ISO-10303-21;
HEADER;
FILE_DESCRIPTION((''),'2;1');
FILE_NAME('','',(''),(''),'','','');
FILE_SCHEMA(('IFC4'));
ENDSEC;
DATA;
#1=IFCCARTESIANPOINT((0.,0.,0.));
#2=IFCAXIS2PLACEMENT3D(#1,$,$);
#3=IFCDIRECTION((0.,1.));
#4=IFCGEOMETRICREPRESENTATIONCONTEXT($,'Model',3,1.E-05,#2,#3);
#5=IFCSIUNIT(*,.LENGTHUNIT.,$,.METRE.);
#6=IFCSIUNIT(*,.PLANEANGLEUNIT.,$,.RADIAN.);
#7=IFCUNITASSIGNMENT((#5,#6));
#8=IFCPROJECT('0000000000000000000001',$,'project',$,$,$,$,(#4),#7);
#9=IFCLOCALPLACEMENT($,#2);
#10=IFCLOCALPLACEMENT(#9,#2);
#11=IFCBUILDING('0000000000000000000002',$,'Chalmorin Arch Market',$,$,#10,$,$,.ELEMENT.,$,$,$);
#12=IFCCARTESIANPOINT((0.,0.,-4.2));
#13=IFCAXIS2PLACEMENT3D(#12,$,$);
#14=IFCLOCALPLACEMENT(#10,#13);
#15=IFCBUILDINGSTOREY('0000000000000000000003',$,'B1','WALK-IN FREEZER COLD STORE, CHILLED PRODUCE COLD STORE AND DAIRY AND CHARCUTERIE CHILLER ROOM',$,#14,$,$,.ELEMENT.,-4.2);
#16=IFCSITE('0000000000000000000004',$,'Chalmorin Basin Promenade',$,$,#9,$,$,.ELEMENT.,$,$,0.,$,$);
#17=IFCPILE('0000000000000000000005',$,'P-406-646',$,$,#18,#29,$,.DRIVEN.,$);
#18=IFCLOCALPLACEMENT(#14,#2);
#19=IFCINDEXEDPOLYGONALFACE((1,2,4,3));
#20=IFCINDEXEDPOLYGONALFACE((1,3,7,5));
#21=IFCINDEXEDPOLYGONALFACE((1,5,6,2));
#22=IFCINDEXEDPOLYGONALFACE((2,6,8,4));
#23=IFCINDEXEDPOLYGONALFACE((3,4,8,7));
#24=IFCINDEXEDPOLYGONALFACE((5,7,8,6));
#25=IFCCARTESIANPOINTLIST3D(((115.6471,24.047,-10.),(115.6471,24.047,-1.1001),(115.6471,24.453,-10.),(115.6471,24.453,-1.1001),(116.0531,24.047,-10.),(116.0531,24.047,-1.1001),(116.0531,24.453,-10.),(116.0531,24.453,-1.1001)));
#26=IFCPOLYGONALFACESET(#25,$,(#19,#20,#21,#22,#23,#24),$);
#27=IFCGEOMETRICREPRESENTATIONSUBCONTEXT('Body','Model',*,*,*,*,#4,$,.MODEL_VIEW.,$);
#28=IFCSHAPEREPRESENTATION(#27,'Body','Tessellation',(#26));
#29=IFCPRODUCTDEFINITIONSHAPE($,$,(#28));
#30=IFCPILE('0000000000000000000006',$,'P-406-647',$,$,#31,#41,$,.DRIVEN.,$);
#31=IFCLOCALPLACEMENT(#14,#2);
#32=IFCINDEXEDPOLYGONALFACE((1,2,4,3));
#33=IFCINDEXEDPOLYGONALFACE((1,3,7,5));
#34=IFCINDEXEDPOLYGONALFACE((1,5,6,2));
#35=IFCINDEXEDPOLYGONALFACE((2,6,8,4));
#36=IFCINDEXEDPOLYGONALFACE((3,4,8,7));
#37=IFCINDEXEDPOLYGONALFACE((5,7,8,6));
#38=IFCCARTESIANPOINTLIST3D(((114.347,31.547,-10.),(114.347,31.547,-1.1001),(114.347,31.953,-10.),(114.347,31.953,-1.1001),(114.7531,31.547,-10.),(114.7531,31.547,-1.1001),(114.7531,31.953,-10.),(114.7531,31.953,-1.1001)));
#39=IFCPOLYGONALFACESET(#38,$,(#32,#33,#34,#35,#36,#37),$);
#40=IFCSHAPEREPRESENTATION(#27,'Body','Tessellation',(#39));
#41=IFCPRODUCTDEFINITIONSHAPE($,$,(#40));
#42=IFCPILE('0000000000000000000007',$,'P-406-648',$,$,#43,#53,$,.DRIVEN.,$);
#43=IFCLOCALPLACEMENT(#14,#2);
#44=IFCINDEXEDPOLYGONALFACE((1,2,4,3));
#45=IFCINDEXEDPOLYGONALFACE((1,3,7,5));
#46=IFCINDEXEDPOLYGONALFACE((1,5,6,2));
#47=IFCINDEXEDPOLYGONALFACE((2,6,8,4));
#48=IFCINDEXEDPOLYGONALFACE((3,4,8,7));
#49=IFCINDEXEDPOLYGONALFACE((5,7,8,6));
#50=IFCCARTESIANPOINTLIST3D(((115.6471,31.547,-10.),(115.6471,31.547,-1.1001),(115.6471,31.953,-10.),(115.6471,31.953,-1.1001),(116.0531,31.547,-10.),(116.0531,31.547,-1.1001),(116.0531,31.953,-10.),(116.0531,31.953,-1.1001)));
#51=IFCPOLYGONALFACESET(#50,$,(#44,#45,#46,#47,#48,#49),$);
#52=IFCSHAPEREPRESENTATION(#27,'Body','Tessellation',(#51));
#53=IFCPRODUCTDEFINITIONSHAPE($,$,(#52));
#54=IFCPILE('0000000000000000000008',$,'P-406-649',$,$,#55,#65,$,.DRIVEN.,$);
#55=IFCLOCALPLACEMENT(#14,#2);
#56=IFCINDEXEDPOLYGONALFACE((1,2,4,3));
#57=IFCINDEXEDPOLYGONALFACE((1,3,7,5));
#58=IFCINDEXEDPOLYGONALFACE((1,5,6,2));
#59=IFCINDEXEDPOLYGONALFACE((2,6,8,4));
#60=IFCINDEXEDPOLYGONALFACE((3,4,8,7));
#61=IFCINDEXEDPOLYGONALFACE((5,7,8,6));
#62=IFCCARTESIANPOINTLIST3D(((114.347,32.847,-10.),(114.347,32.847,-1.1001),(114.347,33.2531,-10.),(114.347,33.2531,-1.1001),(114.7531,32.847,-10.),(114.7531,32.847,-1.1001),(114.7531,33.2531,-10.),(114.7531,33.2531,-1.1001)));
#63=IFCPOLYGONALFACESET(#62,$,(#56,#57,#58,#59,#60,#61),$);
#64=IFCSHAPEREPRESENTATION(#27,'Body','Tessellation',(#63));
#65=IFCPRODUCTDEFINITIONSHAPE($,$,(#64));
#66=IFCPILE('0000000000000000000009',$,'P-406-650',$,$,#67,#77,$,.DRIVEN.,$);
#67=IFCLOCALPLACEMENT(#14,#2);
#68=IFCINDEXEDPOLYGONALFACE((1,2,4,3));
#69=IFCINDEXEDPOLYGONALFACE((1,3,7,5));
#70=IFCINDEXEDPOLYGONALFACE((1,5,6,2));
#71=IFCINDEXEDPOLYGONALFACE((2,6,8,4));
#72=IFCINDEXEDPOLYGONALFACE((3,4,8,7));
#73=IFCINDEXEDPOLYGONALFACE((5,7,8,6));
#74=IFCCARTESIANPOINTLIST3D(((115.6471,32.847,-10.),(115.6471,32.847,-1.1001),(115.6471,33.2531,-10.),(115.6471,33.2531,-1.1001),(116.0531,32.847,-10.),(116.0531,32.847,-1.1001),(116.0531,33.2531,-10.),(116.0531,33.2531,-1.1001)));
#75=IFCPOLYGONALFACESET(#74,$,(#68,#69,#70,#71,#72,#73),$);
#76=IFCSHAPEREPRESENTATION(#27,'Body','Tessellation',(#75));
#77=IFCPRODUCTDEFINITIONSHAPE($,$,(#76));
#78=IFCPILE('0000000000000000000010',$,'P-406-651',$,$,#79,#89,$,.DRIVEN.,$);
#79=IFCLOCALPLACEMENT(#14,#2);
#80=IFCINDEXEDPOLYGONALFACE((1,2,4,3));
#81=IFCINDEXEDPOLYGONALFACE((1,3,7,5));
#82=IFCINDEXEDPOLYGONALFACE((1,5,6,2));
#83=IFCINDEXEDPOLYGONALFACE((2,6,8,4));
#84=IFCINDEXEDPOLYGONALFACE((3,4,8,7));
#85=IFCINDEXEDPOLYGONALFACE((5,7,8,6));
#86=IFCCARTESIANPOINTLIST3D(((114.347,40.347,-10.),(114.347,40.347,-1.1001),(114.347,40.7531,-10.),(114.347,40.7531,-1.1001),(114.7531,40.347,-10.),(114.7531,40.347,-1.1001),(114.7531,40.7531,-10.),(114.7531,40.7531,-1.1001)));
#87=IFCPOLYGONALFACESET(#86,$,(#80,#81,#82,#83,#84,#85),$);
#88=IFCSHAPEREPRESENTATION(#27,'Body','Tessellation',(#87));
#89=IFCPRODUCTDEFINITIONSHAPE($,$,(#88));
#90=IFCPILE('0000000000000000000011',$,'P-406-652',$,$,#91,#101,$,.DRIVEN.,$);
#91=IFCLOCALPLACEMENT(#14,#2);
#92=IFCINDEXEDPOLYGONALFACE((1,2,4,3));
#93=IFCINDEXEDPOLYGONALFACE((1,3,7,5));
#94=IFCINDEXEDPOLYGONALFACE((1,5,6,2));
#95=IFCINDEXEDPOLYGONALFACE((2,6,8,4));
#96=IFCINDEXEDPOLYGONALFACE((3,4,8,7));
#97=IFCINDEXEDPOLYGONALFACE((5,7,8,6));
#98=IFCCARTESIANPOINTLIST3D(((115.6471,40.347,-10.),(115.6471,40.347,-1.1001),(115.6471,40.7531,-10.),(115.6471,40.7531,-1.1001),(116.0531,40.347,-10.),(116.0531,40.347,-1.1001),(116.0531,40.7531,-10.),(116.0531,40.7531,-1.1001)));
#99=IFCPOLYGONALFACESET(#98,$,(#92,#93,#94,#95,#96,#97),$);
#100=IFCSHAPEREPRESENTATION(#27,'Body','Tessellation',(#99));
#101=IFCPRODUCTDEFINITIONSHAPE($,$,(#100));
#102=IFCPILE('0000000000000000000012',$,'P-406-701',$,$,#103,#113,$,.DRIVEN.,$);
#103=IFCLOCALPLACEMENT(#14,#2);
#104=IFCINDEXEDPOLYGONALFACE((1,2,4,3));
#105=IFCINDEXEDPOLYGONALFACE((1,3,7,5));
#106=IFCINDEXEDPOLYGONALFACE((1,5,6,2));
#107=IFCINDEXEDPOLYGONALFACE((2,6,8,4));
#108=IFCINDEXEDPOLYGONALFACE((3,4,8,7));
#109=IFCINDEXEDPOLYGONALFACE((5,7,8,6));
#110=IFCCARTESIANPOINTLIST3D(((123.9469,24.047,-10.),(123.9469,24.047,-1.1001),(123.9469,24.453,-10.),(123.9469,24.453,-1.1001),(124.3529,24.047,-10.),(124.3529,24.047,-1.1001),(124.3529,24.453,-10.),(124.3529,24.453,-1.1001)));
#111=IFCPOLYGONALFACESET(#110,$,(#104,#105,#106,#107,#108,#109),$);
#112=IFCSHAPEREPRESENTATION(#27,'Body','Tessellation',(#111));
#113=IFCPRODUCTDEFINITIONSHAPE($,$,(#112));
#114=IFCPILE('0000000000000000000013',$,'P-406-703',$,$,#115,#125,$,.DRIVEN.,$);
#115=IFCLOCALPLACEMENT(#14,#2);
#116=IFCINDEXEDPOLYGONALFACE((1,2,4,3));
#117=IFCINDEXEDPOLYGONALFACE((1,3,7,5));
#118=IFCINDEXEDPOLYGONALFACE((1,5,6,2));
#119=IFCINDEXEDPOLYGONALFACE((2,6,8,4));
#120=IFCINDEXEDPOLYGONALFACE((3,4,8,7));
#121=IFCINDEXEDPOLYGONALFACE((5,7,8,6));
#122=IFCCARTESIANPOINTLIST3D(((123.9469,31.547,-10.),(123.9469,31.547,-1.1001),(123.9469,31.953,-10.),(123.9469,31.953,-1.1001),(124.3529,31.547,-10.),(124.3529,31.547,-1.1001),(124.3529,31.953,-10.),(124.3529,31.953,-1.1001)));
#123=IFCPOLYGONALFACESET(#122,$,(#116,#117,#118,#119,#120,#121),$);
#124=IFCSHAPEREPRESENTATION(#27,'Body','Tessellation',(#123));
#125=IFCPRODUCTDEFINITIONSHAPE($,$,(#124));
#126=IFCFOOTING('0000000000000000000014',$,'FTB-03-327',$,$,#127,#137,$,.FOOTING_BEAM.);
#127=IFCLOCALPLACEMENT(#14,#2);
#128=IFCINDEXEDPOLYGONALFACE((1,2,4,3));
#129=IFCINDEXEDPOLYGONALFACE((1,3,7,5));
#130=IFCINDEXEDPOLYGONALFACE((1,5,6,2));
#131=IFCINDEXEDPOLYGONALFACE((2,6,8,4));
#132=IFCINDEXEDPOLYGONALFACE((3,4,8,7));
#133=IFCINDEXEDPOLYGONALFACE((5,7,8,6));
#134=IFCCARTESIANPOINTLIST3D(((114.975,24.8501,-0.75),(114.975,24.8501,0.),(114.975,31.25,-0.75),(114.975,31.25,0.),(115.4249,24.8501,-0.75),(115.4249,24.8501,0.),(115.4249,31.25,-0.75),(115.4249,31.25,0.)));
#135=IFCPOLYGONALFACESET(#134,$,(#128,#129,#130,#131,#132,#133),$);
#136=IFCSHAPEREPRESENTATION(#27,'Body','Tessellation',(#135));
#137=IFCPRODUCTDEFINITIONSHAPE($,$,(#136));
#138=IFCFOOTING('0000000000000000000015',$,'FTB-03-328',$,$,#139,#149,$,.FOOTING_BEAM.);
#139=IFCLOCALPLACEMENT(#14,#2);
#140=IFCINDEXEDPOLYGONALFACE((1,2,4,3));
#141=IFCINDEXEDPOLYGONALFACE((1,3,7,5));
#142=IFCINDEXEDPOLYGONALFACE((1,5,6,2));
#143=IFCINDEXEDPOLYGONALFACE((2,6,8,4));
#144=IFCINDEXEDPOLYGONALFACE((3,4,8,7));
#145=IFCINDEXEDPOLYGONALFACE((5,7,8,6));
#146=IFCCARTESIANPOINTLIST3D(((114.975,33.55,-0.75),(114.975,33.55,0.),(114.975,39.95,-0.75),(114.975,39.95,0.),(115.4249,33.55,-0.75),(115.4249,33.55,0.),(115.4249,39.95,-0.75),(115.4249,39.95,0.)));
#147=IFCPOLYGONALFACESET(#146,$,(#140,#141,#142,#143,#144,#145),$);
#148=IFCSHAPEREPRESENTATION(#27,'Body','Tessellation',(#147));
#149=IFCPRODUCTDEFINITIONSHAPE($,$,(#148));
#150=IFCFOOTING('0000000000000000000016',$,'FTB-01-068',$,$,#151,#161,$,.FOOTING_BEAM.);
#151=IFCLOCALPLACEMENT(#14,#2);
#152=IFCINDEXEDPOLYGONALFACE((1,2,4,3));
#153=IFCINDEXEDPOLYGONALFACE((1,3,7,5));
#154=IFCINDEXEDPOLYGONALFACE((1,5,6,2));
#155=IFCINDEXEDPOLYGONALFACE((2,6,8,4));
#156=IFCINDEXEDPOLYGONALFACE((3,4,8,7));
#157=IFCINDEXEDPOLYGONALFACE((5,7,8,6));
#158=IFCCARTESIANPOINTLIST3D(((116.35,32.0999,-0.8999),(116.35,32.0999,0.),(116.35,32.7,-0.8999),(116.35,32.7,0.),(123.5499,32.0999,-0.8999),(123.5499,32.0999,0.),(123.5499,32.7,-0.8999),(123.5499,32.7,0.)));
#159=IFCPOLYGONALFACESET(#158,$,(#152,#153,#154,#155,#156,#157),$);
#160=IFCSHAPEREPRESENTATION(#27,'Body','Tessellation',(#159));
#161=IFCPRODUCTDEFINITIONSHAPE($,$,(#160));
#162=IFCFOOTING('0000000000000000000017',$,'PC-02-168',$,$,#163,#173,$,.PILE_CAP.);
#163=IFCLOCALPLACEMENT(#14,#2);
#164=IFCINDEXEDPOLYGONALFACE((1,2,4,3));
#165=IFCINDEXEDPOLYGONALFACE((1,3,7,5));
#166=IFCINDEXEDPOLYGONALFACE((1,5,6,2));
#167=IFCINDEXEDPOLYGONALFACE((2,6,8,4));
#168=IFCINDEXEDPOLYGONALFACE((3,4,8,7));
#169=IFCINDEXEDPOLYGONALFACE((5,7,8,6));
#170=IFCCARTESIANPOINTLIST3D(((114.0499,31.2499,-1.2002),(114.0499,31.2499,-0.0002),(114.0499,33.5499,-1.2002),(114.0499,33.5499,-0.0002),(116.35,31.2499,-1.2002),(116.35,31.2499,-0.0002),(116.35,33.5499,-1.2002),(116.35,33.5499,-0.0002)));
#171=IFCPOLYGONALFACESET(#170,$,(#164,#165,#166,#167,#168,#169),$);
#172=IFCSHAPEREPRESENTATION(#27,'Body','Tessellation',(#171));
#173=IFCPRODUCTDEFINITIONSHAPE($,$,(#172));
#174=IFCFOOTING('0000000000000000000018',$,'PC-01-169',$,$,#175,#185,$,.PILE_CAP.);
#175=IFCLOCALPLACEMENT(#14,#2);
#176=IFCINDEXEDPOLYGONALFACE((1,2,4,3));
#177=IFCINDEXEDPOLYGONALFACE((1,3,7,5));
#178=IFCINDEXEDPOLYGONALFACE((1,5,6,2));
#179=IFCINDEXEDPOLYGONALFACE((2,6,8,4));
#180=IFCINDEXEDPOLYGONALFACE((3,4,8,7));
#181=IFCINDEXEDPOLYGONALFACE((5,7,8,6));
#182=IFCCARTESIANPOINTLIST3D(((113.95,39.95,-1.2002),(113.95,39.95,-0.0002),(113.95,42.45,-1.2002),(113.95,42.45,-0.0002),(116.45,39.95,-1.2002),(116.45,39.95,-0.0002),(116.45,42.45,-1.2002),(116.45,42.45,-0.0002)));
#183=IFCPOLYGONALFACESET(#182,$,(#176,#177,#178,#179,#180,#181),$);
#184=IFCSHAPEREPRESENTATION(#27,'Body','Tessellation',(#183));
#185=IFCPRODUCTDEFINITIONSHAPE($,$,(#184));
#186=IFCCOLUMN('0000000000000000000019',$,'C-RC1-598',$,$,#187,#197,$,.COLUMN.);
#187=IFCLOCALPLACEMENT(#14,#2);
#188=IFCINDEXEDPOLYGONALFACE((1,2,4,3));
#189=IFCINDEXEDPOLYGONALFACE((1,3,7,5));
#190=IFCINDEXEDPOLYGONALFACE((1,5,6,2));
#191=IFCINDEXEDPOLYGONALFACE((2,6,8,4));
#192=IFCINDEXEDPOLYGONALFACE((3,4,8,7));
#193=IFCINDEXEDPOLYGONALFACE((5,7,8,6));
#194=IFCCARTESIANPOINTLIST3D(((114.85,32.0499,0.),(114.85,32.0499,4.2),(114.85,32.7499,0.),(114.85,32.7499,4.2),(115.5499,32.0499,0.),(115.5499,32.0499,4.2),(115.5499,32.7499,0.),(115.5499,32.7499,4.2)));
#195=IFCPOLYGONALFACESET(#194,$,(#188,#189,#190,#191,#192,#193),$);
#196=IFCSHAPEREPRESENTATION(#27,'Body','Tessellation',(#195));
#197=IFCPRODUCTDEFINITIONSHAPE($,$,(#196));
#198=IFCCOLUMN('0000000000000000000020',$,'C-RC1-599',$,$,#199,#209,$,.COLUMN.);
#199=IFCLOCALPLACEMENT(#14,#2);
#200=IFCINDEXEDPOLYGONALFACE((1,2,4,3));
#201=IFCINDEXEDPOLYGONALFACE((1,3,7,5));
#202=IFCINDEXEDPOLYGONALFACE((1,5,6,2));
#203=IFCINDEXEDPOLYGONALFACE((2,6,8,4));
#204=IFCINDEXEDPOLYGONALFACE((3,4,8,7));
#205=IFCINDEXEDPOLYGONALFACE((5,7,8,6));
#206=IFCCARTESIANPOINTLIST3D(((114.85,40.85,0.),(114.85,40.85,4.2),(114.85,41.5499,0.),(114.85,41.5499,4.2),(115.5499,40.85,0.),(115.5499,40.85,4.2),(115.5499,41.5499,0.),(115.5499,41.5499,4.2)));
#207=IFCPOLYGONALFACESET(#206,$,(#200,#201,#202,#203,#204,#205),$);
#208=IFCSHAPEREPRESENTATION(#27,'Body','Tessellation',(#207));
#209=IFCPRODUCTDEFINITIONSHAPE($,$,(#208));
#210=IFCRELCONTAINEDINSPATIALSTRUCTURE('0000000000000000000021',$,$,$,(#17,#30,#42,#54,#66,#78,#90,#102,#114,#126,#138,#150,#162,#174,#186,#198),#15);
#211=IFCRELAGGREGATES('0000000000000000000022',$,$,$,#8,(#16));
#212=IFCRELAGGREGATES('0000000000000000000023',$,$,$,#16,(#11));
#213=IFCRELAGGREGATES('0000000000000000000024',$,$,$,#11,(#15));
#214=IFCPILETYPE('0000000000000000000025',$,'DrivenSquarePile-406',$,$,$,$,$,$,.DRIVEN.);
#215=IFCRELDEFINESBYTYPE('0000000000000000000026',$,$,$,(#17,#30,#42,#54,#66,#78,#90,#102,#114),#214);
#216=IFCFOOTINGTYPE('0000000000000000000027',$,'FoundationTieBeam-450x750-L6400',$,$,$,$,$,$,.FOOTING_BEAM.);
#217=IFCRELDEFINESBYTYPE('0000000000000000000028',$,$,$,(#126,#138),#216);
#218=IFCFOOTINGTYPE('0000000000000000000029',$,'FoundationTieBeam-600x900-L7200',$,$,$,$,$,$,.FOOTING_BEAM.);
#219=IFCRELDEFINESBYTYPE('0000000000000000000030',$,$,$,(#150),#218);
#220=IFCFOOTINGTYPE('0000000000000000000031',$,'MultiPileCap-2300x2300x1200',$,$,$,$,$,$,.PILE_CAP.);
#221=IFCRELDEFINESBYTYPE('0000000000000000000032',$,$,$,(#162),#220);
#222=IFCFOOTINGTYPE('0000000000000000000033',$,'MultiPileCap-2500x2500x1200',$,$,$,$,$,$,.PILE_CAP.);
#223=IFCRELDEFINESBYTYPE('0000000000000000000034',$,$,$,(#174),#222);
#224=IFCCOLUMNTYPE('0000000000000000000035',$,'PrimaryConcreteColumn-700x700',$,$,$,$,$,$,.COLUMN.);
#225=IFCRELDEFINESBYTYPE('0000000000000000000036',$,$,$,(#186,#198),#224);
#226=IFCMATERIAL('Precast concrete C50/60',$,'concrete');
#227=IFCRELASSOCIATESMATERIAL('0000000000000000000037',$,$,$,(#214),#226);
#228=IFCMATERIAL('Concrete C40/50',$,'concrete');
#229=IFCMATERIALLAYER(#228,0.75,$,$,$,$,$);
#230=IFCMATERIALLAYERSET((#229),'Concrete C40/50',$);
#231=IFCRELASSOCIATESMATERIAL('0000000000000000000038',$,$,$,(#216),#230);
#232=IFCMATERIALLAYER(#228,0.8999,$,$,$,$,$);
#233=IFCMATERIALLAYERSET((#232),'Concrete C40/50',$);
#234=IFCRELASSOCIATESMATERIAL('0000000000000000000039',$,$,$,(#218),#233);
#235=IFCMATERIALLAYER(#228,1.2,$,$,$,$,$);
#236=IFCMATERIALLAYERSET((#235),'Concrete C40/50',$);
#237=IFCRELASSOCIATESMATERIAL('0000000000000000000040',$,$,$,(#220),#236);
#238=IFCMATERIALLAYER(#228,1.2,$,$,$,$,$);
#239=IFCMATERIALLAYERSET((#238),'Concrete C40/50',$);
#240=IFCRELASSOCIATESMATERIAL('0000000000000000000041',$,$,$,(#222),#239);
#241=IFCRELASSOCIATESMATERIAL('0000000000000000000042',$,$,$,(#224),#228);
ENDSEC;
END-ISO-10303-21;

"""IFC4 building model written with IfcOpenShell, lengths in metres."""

from ifc_helpers import new_model, si_unit, direction, frame, origin, origin_2d, place, context, subcontext, project, spatial, rectangle, extrude, material, layer, layer_set, material_profile, profile_set, type_object, element, save


model = new_model("IFC4")

# Units and contexts
model_context = context("Model", 3, precision=1e-05, world=origin(), true_north=direction((0.0, 1.0)))
body_context = subcontext(model_context, "Body", "Model", "MODEL_VIEW")
ifc_project = project(units=[si_unit("LENGTHUNIT", "METRE"), si_unit("PLANEANGLEUNIT", "RADIAN")], contexts=[model_context])

# Site, building, storey
site_placement = place(None, origin())
site = spatial("IfcSite", under=ifc_project, at=site_placement, Name="Chalmorin Basin Promenade", CompositionType="ELEMENT", RefElevation=0.0)
building_placement = place(site_placement, origin())
building = spatial("IfcBuilding", under=site, at=building_placement, Name="Chalmorin Arch Market", CompositionType="ELEMENT")
storey_placement = place(building_placement, frame((0.0, 0.0, -4.2)))
storey = spatial("IfcBuildingStorey", under=building, at=storey_placement, Name="B1", Description="WALK-IN FREEZER COLD STORE, CHILLED PRODUCE COLD STORE AND DAIRY AND CHARCUTERIE CHILLER ROOM", CompositionType="ELEMENT", Elevation=-4.2)

# Piles
ifc_material_1 = material(Name="Precast concrete C50/60", Category="concrete")
ifc_material_profile_1 = material_profile(ifc_material_1, rectangle(XDim=0.406, YDim=0.406, at=origin_2d()), Name="PPC406")
ifc_profile_set_1 = profile_set([ifc_material_profile_1], Name="Precast concrete C50/60")
pile_type = type_object("IfcPileType", Name="DrivenSquarePile-406", PredefinedType="DRIVEN", material=ifc_profile_set_1)
for number, where, z_axis, x_axis, name in (
    (1, (115.8501, 24.25, -1.1001), (0.0, 0.0, -1.0), (1.0, 0.0, 0.0), "P-406-646"),
    (2, (114.55, 31.75, -1.1001), (0.0, 0.0, -1.0), (1.0, 0.0, 0.0), "P-406-647"),
    (3, (115.8501, 31.75, -1.1001), (0.0, 0.0, -1.0), (1.0, 0.0, 0.0), "P-406-648"),
    (4, (114.55, 33.05, -1.1001), (0.0, 0.0, -1.0), (1.0, 0.0, 0.0), "P-406-649"),
    (5, (115.8501, 33.05, -1.1001), (0.0, 0.0, -1.0), (1.0, 0.0, 0.0), "P-406-650"),
    (6, (114.55, 40.55, -1.1001), (0.0, 0.0, -1.0), (1.0, 0.0, 0.0), "P-406-651"),
    (7, (115.8501, 40.55, -1.1001), (0.0, 0.0, -1.0), (1.0, 0.0, 0.0), "P-406-652"),
    (8, (124.1499, 24.25, -1.1001), (0.0, 0.0, -1.0), (1.0, 0.0, 0.0), "P-406-701"),
    (9, (124.1499, 31.75, -1.1001), (0.0, 0.0, -1.0), (1.0, 0.0, 0.0), "P-406-703"),
):
    element("IfcPile", number, at=place(storey_placement, frame(where, z_axis=z_axis, x_axis=x_axis)), inside=storey, type_object=pile_type, Name=name, PredefinedType="DRIVEN", context=body_context, shape_type="SweptSolid", body=[
        extrude(rectangle(XDim=0.406, YDim=0.406, at=origin_2d()), origin(), (0.0, 0.0, 1.0), 8.8999),
    ])

# Footings
ifc_material_2 = material(Name="Concrete C40/50", Category="concrete")
ifc_layer_1 = layer(ifc_material_2, 0.75)
ifc_layer_set_1 = layer_set([ifc_layer_1], Name="Concrete C40/50")
footing_type_1 = type_object("IfcFootingType", Name="FoundationTieBeam-450x750-L6400", PredefinedType="FOOTING_BEAM", material=ifc_layer_set_1)
for number, where, z_axis, x_axis, name in (
    (10, (115.2, 28.05, -0.75), (0.0, 0.0, 1.0), (0.0, 1.0, 0.0), "FTB-03-327"),
    (11, (115.2, 36.75, -0.75), (0.0, 0.0, 1.0), (0.0, 1.0, 0.0), "FTB-03-328"),
):
    element("IfcFooting", number, at=place(storey_placement, frame(where, z_axis=z_axis, x_axis=x_axis)), inside=storey, type_object=footing_type_1, Name=name, PredefinedType="FOOTING_BEAM", context=body_context, shape_type="SweptSolid", body=[
        extrude(rectangle(XDim=6.3999, YDim=0.45, at=origin_2d()), origin(), (0.0, 0.0, 1.0), 0.75),
    ])
ifc_layer_2 = layer(ifc_material_2, 0.8999)
ifc_layer_set_2 = layer_set([ifc_layer_2], Name="Concrete C40/50")
footing_type_2 = type_object("IfcFootingType", Name="FoundationTieBeam-600x900-L7200", PredefinedType="FOOTING_BEAM", material=ifc_layer_set_2)
footing_1_placement = place(storey_placement, frame((119.95, 32.3999, -0.8999), z_axis=(0.0, 0.0, 1.0), x_axis=(1.0, 0.0, 0.0)))
element("IfcFooting", 12, at=footing_1_placement, inside=storey, type_object=footing_type_2, Name="FTB-01-068", PredefinedType="FOOTING_BEAM", context=body_context, shape_type="SweptSolid", body=[
    extrude(rectangle(XDim=7.2, YDim=0.6001, at=origin_2d()), origin(), (0.0, 0.0, 1.0), 0.8999),
])
ifc_layer_3 = layer(ifc_material_2, 1.2)
ifc_layer_set_3 = layer_set([ifc_layer_3], Name="Concrete C40/50")
footing_type_3 = type_object("IfcFootingType", Name="MultiPileCap-2300x2300x1200", PredefinedType="PILE_CAP", material=ifc_layer_set_3)
footing_2_placement = place(storey_placement, frame((115.2, 32.3999, -1.2002), z_axis=(0.0, 0.0, 1.0), x_axis=(1.0, 0.0, 0.0)))
element("IfcFooting", 13, at=footing_2_placement, inside=storey, type_object=footing_type_3, Name="PC-02-168", PredefinedType="PILE_CAP", context=body_context, shape_type="SweptSolid", body=[
    extrude(rectangle(XDim=2.3, YDim=2.3, at=origin_2d()), origin(), (0.0, 0.0, 1.0), 1.2),
])
ifc_layer_4 = layer(ifc_material_2, 1.2)
ifc_layer_set_4 = layer_set([ifc_layer_4], Name="Concrete C40/50")
footing_type_4 = type_object("IfcFootingType", Name="MultiPileCap-2500x2500x1200", PredefinedType="PILE_CAP", material=ifc_layer_set_4)
footing_3_placement = place(storey_placement, frame((115.2, 41.2, -1.2002), z_axis=(0.0, 0.0, 1.0), x_axis=(1.0, 0.0, 0.0)))
element("IfcFooting", 14, at=footing_3_placement, inside=storey, type_object=footing_type_4, Name="PC-01-169", PredefinedType="PILE_CAP", context=body_context, shape_type="SweptSolid", body=[
    extrude(rectangle(XDim=2.5, YDim=2.5, at=origin_2d()), origin(), (0.0, 0.0, 1.0), 1.2),
])

# Columns
ifc_material_profile_2 = material_profile(ifc_material_2, rectangle(XDim=0.7, YDim=0.7, at=origin_2d()), Name="RC700X700")
ifc_profile_set_2 = profile_set([ifc_material_profile_2], Name="Concrete C40/50")
column_type = type_object("IfcColumnType", Name="PrimaryConcreteColumn-700x700", PredefinedType="COLUMN", material=ifc_profile_set_2)
for number, where, z_axis, x_axis, name in (
    (15, (115.2, 32.3999, 0.0), (0.0, 0.0, 1.0), (1.0, 0.0, 0.0), "C-RC1-598"),
    (16, (115.2, 41.2, 0.0), (0.0, 0.0, 1.0), (1.0, 0.0, 0.0), "C-RC1-599"),
):
    element("IfcColumn", number, at=place(storey_placement, frame(where, z_axis=z_axis, x_axis=x_axis)), inside=storey, type_object=column_type, Name=name, PredefinedType="COLUMN", context=body_context, shape_type="SweptSolid", body=[
        extrude(rectangle(XDim=0.7, YDim=0.7, at=origin_2d()), origin(), (0.0, 0.0, 1.0), 4.2),
    ])

save(model, "model.ifc")
